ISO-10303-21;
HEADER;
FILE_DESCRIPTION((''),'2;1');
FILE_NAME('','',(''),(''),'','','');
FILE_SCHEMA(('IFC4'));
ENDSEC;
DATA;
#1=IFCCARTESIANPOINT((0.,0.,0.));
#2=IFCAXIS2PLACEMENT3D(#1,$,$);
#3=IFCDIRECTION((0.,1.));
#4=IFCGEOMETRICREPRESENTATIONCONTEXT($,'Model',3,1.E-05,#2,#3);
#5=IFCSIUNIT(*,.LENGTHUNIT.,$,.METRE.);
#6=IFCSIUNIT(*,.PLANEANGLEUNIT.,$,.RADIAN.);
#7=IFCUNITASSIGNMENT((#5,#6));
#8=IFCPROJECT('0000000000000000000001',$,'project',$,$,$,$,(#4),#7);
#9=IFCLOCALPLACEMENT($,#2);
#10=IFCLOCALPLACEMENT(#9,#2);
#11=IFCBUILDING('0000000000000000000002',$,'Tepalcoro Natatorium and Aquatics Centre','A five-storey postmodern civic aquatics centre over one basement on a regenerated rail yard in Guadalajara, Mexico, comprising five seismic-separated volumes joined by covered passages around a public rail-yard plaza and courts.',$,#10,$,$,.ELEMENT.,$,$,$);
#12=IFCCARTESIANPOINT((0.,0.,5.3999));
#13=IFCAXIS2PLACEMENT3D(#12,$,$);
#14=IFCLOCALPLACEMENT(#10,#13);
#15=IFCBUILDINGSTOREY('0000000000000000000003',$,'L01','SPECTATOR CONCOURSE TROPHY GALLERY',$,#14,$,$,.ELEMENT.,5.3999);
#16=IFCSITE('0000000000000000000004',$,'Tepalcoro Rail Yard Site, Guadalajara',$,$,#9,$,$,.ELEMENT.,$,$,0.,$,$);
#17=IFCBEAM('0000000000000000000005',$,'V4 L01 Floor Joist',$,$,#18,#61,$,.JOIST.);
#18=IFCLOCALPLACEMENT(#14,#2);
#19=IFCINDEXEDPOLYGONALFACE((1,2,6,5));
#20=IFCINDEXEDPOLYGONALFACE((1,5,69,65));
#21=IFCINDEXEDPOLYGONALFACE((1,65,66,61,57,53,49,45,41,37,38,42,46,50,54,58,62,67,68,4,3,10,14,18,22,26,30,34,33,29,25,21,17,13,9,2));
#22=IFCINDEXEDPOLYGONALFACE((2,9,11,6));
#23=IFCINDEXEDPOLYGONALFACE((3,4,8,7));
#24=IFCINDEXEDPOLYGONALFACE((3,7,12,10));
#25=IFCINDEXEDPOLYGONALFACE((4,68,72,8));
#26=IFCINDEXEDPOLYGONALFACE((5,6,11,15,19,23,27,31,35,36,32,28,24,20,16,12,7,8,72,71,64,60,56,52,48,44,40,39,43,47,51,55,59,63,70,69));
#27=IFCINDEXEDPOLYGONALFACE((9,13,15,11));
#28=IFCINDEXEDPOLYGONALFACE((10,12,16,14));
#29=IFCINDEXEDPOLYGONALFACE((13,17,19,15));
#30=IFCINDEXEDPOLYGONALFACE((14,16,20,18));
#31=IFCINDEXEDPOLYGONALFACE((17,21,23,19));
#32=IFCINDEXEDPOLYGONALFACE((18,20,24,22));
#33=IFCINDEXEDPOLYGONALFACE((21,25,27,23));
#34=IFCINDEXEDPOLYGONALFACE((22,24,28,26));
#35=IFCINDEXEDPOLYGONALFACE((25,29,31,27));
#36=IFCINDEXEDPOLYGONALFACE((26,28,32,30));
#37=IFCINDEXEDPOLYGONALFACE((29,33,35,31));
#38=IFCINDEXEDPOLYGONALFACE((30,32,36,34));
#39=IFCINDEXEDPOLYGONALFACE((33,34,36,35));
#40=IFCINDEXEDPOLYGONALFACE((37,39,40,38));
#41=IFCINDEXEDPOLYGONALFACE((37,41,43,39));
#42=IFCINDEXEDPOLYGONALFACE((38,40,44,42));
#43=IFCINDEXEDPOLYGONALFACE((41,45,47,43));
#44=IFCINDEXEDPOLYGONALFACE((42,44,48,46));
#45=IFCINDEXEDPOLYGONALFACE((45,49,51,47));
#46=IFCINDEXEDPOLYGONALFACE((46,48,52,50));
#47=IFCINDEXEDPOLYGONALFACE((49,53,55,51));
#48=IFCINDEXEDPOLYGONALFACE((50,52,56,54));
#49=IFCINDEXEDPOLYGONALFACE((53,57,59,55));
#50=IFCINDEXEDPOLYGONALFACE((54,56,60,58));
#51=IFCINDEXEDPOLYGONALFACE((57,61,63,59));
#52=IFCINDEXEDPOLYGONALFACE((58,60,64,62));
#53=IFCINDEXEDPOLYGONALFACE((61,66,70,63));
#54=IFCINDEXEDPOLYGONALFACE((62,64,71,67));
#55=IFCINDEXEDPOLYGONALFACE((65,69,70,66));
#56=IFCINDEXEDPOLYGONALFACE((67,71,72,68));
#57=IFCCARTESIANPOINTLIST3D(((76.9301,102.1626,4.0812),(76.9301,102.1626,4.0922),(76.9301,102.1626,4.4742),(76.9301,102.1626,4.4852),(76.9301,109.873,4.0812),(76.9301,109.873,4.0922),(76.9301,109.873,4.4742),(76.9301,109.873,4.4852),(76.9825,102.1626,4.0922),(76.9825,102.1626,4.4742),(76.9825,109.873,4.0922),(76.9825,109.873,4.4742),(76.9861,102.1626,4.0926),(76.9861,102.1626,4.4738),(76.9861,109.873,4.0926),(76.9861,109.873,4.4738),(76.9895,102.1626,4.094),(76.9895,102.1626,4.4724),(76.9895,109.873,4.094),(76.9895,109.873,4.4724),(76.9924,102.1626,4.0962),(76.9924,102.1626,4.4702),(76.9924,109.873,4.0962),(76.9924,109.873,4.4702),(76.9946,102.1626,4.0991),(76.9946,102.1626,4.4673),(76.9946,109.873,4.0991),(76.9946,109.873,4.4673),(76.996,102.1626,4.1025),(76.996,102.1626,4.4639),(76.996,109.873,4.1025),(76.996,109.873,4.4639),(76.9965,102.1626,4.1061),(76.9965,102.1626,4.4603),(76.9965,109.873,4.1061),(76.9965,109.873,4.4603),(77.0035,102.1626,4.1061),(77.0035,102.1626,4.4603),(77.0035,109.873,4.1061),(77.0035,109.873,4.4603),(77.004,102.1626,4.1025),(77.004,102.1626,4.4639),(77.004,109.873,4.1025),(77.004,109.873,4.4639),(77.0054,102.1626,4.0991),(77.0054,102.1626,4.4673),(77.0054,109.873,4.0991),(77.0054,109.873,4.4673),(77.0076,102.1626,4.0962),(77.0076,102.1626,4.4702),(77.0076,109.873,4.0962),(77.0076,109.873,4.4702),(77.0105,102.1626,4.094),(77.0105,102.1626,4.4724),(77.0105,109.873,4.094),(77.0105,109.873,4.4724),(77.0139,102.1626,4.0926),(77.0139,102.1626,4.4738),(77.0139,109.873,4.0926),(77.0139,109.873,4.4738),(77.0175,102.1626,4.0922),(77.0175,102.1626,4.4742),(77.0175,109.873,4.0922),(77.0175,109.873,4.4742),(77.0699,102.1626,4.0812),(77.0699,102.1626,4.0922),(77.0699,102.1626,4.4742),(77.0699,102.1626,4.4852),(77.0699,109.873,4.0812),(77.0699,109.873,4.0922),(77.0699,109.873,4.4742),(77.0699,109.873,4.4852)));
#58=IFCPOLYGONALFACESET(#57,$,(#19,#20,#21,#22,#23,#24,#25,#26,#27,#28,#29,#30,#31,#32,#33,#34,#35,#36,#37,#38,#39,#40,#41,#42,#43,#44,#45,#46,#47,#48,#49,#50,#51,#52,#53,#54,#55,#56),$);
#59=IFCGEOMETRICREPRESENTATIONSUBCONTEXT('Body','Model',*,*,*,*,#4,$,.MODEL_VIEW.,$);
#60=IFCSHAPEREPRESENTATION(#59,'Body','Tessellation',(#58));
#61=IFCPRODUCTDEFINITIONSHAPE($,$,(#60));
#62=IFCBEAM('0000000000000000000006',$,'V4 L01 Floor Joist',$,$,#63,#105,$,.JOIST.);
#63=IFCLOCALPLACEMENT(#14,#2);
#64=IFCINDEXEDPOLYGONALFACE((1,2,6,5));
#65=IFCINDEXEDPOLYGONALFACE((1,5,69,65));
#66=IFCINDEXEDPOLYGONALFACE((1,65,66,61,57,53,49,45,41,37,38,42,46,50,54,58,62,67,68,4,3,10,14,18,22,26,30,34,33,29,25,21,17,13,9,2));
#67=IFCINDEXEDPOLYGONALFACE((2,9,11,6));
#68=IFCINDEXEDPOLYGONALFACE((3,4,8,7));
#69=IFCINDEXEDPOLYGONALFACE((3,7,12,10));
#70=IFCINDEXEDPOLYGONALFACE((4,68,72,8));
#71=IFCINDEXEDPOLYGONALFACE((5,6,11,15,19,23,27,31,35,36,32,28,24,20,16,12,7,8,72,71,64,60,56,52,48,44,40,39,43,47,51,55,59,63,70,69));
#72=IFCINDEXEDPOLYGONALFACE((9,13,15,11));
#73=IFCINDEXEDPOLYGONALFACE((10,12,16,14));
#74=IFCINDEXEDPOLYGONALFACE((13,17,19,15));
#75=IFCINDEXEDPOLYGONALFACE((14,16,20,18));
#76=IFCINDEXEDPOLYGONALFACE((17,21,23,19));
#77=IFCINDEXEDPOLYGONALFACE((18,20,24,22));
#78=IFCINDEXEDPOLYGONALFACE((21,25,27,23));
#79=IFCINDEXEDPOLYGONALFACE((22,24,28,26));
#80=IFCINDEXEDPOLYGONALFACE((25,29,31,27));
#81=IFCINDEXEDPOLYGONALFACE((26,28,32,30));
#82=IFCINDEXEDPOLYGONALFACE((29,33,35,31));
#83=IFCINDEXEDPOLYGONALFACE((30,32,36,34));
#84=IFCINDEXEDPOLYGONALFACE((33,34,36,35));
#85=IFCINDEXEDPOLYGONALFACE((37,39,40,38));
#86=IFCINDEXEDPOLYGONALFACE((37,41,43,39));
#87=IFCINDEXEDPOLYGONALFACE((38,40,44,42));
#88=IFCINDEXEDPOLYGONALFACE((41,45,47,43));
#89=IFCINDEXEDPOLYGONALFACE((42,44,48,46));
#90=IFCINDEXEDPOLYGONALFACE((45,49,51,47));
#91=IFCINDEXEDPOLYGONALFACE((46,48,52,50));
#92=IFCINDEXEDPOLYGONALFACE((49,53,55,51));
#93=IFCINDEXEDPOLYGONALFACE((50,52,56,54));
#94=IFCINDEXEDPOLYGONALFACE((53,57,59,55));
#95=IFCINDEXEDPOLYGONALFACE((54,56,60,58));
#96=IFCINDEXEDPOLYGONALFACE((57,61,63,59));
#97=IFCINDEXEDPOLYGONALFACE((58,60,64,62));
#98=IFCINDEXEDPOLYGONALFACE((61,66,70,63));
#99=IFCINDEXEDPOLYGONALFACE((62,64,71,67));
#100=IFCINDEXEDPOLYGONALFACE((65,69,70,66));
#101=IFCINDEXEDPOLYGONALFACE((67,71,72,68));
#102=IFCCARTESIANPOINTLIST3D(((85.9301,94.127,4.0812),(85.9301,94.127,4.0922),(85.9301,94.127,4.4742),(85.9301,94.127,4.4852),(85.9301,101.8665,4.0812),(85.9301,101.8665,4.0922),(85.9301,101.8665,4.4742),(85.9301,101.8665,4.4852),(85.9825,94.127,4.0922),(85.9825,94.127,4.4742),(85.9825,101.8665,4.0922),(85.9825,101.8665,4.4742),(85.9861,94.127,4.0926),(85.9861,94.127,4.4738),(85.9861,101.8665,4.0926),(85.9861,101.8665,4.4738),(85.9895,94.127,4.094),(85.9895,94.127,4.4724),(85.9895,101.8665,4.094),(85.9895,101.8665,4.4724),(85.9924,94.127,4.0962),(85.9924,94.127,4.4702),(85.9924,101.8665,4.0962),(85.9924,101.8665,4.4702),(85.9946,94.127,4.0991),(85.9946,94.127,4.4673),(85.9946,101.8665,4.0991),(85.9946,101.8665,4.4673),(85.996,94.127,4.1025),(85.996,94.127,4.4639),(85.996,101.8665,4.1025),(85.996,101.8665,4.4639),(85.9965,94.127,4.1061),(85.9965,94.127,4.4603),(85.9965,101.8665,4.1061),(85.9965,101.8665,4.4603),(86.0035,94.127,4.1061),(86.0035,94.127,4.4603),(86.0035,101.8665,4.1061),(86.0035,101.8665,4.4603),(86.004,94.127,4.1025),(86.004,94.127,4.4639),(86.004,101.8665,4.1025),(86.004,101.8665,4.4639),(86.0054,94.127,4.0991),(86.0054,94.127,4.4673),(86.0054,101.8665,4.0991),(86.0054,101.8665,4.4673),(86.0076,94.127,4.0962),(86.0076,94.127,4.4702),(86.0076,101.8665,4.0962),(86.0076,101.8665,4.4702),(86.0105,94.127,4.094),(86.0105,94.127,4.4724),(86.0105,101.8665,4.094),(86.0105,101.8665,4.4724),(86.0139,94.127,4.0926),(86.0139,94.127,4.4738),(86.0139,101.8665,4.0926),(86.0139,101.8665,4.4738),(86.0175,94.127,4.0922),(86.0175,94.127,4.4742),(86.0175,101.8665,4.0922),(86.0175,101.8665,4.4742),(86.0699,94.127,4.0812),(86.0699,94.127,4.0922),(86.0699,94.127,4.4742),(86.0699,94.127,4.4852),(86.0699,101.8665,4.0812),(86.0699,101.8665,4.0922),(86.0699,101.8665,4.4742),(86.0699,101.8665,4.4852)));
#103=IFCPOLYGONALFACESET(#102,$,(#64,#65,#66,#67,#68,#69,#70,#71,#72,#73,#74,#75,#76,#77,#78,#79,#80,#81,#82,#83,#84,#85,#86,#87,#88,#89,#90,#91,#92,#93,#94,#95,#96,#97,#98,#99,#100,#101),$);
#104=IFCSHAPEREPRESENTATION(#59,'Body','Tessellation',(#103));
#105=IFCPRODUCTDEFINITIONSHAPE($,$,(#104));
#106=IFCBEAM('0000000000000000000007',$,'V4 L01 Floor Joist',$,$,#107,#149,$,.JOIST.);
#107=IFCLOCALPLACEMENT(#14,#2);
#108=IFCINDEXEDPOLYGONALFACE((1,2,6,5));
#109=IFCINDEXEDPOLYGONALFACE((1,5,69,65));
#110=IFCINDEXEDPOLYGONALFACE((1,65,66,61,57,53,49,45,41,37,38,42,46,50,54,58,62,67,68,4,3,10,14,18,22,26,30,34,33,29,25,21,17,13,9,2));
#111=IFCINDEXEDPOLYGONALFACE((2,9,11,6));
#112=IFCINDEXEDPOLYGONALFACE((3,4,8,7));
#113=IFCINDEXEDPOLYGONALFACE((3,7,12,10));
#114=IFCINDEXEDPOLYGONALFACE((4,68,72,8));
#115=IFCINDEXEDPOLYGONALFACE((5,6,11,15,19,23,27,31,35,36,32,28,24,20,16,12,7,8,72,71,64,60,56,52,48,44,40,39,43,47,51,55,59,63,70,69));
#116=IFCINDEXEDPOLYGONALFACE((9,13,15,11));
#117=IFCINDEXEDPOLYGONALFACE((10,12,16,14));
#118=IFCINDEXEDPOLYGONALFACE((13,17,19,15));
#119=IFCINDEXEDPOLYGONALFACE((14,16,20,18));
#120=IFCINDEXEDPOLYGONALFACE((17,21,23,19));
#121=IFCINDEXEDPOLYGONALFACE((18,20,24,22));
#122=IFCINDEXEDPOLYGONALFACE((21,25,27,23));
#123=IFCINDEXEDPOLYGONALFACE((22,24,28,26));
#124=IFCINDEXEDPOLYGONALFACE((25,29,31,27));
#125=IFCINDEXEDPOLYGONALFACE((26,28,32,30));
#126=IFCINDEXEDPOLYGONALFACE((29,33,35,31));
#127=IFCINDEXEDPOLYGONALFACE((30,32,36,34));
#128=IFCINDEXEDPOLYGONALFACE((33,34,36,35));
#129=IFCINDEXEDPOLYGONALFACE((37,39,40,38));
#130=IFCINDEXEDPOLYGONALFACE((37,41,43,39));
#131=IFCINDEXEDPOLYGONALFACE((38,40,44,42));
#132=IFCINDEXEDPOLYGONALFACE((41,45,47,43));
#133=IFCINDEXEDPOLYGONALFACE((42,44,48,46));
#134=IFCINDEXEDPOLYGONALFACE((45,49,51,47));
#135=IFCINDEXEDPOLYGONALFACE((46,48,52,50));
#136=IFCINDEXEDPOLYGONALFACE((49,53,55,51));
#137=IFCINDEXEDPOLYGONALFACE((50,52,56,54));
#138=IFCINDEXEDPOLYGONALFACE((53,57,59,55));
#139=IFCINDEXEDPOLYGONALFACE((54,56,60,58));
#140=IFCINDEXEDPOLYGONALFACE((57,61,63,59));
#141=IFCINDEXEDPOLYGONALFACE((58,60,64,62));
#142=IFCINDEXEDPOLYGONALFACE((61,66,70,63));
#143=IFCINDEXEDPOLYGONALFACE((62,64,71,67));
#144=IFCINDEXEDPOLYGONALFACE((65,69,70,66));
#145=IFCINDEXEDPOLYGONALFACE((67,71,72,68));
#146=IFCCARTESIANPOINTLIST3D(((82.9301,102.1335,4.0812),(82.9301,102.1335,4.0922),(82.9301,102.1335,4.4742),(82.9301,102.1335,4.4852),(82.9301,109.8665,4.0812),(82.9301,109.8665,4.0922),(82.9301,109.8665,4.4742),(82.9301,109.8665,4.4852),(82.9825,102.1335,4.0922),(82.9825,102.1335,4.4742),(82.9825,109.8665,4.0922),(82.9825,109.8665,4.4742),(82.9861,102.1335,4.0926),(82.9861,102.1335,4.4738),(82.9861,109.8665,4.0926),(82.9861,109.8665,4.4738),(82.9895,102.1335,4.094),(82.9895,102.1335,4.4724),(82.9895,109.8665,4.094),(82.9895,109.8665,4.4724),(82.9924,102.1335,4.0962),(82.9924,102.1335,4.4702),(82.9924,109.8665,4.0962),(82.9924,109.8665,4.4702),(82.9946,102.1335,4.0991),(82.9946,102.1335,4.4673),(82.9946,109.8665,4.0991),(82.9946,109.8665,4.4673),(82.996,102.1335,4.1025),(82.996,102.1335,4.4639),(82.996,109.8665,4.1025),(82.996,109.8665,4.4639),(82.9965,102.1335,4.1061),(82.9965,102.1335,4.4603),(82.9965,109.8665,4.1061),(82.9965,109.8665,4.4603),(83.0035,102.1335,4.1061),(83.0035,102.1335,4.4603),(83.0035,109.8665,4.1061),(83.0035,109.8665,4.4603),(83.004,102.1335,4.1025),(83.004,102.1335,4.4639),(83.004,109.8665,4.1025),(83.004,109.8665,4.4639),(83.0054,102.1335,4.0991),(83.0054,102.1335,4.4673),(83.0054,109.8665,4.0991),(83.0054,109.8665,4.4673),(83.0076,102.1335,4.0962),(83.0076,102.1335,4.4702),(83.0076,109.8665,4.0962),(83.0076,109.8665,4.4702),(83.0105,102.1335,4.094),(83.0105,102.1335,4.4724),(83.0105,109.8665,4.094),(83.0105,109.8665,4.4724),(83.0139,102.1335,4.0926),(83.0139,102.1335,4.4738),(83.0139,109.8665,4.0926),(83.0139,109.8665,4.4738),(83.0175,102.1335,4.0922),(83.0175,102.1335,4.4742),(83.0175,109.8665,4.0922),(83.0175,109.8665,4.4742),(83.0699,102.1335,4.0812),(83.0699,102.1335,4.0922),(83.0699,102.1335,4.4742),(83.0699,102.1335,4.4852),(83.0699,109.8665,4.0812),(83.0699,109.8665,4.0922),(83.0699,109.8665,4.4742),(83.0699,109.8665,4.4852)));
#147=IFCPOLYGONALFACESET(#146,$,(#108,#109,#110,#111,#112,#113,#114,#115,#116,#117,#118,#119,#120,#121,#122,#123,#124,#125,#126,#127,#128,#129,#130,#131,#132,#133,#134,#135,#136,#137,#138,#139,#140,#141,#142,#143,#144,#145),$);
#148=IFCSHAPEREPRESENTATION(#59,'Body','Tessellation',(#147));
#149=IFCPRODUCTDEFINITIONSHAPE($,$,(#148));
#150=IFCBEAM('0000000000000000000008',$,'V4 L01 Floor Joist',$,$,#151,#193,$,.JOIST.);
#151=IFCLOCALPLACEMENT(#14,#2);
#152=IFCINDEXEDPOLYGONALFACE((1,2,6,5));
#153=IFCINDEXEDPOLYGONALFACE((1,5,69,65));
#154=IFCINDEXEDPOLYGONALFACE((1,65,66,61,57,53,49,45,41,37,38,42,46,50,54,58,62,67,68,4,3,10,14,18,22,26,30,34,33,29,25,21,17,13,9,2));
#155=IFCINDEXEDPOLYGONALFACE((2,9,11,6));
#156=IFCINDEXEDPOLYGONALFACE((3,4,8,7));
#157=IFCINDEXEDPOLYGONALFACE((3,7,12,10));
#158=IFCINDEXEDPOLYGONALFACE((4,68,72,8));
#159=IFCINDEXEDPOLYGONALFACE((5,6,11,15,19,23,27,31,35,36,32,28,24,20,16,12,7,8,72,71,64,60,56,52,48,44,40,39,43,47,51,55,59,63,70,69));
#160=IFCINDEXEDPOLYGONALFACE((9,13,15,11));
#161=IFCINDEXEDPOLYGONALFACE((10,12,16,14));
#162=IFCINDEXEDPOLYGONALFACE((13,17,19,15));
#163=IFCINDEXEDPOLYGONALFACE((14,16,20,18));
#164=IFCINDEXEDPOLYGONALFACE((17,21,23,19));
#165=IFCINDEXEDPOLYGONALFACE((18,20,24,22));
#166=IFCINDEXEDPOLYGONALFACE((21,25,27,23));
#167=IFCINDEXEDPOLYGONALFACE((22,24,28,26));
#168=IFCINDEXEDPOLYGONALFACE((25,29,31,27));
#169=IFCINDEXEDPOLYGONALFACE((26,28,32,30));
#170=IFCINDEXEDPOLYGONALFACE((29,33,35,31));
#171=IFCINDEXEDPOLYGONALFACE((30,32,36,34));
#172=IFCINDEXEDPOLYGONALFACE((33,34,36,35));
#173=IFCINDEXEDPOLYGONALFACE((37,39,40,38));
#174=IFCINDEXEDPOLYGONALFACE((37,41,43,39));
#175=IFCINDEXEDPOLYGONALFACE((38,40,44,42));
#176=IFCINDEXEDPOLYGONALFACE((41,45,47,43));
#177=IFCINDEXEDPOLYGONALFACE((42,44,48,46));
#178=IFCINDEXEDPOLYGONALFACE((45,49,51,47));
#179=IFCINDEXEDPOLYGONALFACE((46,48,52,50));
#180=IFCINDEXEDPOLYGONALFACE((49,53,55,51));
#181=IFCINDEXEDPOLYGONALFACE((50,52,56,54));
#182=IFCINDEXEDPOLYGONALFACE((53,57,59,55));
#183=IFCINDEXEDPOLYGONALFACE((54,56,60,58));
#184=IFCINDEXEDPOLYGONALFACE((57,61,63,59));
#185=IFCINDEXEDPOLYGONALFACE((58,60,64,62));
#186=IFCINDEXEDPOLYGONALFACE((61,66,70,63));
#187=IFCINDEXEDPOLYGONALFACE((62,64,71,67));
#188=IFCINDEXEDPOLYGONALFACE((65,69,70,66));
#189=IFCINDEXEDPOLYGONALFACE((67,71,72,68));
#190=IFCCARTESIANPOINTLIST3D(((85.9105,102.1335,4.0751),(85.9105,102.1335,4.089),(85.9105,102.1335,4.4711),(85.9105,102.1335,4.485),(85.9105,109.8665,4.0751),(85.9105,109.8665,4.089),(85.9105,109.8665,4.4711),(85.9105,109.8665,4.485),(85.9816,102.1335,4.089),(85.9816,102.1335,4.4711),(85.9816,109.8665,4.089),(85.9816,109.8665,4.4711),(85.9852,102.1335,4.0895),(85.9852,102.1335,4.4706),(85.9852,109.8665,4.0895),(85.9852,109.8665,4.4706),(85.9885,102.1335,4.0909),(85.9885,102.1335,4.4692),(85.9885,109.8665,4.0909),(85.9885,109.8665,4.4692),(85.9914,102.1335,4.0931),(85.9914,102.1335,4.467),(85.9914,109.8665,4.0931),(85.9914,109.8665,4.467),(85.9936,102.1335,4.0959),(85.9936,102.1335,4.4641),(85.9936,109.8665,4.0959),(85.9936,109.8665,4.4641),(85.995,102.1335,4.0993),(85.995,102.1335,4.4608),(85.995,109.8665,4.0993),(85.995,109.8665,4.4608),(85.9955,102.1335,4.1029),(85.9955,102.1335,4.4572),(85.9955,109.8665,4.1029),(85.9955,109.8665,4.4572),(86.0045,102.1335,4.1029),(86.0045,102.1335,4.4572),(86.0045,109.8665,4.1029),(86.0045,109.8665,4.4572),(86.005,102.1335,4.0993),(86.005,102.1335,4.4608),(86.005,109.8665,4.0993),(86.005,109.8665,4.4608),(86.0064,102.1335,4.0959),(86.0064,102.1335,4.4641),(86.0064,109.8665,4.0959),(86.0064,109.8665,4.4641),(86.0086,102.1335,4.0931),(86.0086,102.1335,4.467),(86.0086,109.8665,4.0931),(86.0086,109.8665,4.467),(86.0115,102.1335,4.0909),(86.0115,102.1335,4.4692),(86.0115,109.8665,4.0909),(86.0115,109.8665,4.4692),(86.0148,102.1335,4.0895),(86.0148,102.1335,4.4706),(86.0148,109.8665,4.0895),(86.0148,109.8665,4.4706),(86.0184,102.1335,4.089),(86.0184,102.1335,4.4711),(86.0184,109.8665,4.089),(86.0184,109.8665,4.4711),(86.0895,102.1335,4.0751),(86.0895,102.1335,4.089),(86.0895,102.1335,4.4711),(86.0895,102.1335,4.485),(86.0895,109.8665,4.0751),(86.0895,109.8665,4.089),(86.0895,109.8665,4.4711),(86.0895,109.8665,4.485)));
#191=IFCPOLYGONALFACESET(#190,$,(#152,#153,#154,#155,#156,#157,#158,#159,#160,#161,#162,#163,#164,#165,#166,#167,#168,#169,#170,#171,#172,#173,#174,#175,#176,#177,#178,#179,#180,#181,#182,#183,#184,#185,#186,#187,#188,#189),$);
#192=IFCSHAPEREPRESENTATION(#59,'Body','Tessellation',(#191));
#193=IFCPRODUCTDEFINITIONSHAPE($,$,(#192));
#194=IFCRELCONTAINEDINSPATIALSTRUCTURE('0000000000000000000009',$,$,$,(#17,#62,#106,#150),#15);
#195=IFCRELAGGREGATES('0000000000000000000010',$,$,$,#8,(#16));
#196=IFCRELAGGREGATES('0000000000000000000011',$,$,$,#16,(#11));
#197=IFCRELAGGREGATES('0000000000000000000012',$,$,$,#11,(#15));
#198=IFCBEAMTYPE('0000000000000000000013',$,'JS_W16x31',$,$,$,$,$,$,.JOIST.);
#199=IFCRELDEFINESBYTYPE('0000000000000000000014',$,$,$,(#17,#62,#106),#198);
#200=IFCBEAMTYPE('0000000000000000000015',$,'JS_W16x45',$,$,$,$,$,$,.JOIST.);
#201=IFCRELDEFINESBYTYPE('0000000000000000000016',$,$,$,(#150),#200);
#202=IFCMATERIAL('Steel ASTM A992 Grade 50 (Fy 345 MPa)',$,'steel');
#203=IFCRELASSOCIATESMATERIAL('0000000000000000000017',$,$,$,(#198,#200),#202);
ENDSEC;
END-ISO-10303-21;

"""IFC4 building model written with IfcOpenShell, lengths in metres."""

from ifc_helpers import new_model, si_unit, direction, frame, origin, origin_2d, place, context, subcontext, project, spatial, i_section, extrude, material, material_profile, profile_set, type_object, element, save


model = new_model("IFC4")

# Units and contexts
model_context = context("Model", 3, precision=1e-05, world=origin(), true_north=direction((0.0, 1.0)))
body_context = subcontext(model_context, "Body", "Model", "MODEL_VIEW")
ifc_project = project(units=[si_unit("LENGTHUNIT", "METRE"), si_unit("PLANEANGLEUNIT", "RADIAN")], contexts=[model_context])

# Site, building, storey
site_placement = place(None, origin())
site = spatial("IfcSite", under=ifc_project, at=site_placement, Name="Tepalcoro Rail Yard Site, Guadalajara", CompositionType="ELEMENT", RefElevation=0.0)
building_placement = place(site_placement, origin())
building = spatial("IfcBuilding", under=site, at=building_placement, Name="Tepalcoro Natatorium and Aquatics Centre", Description="A five-storey postmodern civic aquatics centre over one basement on a regenerated rail yard in Guadalajara, Mexico, comprising five seismic-separated volumes joined by covered passages around a public rail-yard plaza and courts.", CompositionType="ELEMENT")
storey_placement = place(building_placement, frame((0.0, 0.0, 5.3999)))
storey = spatial("IfcBuildingStorey", under=building, at=storey_placement, Name="L01", Description="SPECTATOR CONCOURSE TROPHY GALLERY", CompositionType="ELEMENT", Elevation=5.3999)

# Beams
ifc_material_1 = material(Name="Steel ASTM A992 Grade 50 (Fy 345 MPa)", Category="steel")
ifc_material_profile_1 = material_profile(ifc_material_1, i_section(OverallWidth=0.1399, OverallDepth=0.4041, WebThickness=0.0071, FlangeThickness=0.011, FilletRadius=0.0139, at=origin_2d()), Name="W16X31")
ifc_profile_set_1 = profile_set([ifc_material_profile_1], Name="Steel ASTM A992 Grade 50 (Fy 345 MPa)")
beam_type_1 = type_object("IfcBeamType", Name="JS_W16x31", PredefinedType="JOIST", material=ifc_profile_set_1)
beam_1_placement = place(storey_placement, frame((77.0, 102.1626, 4.2832), z_axis=(0.0, 1.0, 0.0), x_axis=(-1.0, 0.0, 0.0)))
element("IfcBeam", 1, at=beam_1_placement, inside=storey, type_object=beam_type_1, Name="V4 L01 Floor Joist", PredefinedType="JOIST", context=body_context, shape_type="SweptSolid", body=[
    extrude(i_section(OverallWidth=0.1399, OverallDepth=0.4041, WebThickness=0.0071, FlangeThickness=0.011, FilletRadius=0.0139, at=origin_2d()), origin(), (0.0, 0.0, 1.0), 7.7104),
])
beam_2_placement = place(storey_placement, frame((86.0, 94.127, 4.2832), z_axis=(0.0, 1.0, 0.0), x_axis=(-1.0, 0.0, 0.0)))
element("IfcBeam", 2, at=beam_2_placement, inside=storey, type_object=beam_type_1, Name="V4 L01 Floor Joist", PredefinedType="JOIST", context=body_context, shape_type="SweptSolid", body=[
    extrude(i_section(OverallWidth=0.1399, OverallDepth=0.4041, WebThickness=0.0071, FlangeThickness=0.011, FilletRadius=0.0139, at=origin_2d()), origin(), (0.0, 0.0, 1.0), 7.7395),
])
beam_3_placement = place(storey_placement, frame((83.0, 102.1335, 4.2832), z_axis=(0.0, 1.0, 0.0), x_axis=(-1.0, 0.0, 0.0)))
element("IfcBeam", 3, at=beam_3_placement, inside=storey, type_object=beam_type_1, Name="V4 L01 Floor Joist", PredefinedType="JOIST", context=body_context, shape_type="SweptSolid", body=[
    extrude(i_section(OverallWidth=0.1399, OverallDepth=0.4041, WebThickness=0.0071, FlangeThickness=0.011, FilletRadius=0.0139, at=origin_2d()), origin(), (0.0, 0.0, 1.0), 7.7329),
])
ifc_material_profile_2 = material_profile(ifc_material_1, i_section(OverallWidth=0.179, OverallDepth=0.4099, WebThickness=0.009, FlangeThickness=0.0139, FilletRadius=0.0139, at=origin_2d()), Name="W16X45")
ifc_profile_set_2 = profile_set([ifc_material_profile_2], Name="Steel ASTM A992 Grade 50 (Fy 345 MPa)")
beam_type_2 = type_object("IfcBeamType", Name="JS_W16x45", PredefinedType="JOIST", material=ifc_profile_set_2)
beam_4_placement = place(storey_placement, frame((86.0, 102.1335, 4.28), z_axis=(0.0, 1.0, 0.0), x_axis=(-1.0, 0.0, 0.0)))
element("IfcBeam", 4, at=beam_4_placement, inside=storey, type_object=beam_type_2, Name="V4 L01 Floor Joist", PredefinedType="JOIST", context=body_context, shape_type="SweptSolid", body=[
    extrude(i_section(OverallWidth=0.179, OverallDepth=0.4099, WebThickness=0.009, FlangeThickness=0.0139, FilletRadius=0.0139, at=origin_2d()), origin(), (0.0, 0.0, 1.0), 7.7329),
])

save(model, "model.ifc")
